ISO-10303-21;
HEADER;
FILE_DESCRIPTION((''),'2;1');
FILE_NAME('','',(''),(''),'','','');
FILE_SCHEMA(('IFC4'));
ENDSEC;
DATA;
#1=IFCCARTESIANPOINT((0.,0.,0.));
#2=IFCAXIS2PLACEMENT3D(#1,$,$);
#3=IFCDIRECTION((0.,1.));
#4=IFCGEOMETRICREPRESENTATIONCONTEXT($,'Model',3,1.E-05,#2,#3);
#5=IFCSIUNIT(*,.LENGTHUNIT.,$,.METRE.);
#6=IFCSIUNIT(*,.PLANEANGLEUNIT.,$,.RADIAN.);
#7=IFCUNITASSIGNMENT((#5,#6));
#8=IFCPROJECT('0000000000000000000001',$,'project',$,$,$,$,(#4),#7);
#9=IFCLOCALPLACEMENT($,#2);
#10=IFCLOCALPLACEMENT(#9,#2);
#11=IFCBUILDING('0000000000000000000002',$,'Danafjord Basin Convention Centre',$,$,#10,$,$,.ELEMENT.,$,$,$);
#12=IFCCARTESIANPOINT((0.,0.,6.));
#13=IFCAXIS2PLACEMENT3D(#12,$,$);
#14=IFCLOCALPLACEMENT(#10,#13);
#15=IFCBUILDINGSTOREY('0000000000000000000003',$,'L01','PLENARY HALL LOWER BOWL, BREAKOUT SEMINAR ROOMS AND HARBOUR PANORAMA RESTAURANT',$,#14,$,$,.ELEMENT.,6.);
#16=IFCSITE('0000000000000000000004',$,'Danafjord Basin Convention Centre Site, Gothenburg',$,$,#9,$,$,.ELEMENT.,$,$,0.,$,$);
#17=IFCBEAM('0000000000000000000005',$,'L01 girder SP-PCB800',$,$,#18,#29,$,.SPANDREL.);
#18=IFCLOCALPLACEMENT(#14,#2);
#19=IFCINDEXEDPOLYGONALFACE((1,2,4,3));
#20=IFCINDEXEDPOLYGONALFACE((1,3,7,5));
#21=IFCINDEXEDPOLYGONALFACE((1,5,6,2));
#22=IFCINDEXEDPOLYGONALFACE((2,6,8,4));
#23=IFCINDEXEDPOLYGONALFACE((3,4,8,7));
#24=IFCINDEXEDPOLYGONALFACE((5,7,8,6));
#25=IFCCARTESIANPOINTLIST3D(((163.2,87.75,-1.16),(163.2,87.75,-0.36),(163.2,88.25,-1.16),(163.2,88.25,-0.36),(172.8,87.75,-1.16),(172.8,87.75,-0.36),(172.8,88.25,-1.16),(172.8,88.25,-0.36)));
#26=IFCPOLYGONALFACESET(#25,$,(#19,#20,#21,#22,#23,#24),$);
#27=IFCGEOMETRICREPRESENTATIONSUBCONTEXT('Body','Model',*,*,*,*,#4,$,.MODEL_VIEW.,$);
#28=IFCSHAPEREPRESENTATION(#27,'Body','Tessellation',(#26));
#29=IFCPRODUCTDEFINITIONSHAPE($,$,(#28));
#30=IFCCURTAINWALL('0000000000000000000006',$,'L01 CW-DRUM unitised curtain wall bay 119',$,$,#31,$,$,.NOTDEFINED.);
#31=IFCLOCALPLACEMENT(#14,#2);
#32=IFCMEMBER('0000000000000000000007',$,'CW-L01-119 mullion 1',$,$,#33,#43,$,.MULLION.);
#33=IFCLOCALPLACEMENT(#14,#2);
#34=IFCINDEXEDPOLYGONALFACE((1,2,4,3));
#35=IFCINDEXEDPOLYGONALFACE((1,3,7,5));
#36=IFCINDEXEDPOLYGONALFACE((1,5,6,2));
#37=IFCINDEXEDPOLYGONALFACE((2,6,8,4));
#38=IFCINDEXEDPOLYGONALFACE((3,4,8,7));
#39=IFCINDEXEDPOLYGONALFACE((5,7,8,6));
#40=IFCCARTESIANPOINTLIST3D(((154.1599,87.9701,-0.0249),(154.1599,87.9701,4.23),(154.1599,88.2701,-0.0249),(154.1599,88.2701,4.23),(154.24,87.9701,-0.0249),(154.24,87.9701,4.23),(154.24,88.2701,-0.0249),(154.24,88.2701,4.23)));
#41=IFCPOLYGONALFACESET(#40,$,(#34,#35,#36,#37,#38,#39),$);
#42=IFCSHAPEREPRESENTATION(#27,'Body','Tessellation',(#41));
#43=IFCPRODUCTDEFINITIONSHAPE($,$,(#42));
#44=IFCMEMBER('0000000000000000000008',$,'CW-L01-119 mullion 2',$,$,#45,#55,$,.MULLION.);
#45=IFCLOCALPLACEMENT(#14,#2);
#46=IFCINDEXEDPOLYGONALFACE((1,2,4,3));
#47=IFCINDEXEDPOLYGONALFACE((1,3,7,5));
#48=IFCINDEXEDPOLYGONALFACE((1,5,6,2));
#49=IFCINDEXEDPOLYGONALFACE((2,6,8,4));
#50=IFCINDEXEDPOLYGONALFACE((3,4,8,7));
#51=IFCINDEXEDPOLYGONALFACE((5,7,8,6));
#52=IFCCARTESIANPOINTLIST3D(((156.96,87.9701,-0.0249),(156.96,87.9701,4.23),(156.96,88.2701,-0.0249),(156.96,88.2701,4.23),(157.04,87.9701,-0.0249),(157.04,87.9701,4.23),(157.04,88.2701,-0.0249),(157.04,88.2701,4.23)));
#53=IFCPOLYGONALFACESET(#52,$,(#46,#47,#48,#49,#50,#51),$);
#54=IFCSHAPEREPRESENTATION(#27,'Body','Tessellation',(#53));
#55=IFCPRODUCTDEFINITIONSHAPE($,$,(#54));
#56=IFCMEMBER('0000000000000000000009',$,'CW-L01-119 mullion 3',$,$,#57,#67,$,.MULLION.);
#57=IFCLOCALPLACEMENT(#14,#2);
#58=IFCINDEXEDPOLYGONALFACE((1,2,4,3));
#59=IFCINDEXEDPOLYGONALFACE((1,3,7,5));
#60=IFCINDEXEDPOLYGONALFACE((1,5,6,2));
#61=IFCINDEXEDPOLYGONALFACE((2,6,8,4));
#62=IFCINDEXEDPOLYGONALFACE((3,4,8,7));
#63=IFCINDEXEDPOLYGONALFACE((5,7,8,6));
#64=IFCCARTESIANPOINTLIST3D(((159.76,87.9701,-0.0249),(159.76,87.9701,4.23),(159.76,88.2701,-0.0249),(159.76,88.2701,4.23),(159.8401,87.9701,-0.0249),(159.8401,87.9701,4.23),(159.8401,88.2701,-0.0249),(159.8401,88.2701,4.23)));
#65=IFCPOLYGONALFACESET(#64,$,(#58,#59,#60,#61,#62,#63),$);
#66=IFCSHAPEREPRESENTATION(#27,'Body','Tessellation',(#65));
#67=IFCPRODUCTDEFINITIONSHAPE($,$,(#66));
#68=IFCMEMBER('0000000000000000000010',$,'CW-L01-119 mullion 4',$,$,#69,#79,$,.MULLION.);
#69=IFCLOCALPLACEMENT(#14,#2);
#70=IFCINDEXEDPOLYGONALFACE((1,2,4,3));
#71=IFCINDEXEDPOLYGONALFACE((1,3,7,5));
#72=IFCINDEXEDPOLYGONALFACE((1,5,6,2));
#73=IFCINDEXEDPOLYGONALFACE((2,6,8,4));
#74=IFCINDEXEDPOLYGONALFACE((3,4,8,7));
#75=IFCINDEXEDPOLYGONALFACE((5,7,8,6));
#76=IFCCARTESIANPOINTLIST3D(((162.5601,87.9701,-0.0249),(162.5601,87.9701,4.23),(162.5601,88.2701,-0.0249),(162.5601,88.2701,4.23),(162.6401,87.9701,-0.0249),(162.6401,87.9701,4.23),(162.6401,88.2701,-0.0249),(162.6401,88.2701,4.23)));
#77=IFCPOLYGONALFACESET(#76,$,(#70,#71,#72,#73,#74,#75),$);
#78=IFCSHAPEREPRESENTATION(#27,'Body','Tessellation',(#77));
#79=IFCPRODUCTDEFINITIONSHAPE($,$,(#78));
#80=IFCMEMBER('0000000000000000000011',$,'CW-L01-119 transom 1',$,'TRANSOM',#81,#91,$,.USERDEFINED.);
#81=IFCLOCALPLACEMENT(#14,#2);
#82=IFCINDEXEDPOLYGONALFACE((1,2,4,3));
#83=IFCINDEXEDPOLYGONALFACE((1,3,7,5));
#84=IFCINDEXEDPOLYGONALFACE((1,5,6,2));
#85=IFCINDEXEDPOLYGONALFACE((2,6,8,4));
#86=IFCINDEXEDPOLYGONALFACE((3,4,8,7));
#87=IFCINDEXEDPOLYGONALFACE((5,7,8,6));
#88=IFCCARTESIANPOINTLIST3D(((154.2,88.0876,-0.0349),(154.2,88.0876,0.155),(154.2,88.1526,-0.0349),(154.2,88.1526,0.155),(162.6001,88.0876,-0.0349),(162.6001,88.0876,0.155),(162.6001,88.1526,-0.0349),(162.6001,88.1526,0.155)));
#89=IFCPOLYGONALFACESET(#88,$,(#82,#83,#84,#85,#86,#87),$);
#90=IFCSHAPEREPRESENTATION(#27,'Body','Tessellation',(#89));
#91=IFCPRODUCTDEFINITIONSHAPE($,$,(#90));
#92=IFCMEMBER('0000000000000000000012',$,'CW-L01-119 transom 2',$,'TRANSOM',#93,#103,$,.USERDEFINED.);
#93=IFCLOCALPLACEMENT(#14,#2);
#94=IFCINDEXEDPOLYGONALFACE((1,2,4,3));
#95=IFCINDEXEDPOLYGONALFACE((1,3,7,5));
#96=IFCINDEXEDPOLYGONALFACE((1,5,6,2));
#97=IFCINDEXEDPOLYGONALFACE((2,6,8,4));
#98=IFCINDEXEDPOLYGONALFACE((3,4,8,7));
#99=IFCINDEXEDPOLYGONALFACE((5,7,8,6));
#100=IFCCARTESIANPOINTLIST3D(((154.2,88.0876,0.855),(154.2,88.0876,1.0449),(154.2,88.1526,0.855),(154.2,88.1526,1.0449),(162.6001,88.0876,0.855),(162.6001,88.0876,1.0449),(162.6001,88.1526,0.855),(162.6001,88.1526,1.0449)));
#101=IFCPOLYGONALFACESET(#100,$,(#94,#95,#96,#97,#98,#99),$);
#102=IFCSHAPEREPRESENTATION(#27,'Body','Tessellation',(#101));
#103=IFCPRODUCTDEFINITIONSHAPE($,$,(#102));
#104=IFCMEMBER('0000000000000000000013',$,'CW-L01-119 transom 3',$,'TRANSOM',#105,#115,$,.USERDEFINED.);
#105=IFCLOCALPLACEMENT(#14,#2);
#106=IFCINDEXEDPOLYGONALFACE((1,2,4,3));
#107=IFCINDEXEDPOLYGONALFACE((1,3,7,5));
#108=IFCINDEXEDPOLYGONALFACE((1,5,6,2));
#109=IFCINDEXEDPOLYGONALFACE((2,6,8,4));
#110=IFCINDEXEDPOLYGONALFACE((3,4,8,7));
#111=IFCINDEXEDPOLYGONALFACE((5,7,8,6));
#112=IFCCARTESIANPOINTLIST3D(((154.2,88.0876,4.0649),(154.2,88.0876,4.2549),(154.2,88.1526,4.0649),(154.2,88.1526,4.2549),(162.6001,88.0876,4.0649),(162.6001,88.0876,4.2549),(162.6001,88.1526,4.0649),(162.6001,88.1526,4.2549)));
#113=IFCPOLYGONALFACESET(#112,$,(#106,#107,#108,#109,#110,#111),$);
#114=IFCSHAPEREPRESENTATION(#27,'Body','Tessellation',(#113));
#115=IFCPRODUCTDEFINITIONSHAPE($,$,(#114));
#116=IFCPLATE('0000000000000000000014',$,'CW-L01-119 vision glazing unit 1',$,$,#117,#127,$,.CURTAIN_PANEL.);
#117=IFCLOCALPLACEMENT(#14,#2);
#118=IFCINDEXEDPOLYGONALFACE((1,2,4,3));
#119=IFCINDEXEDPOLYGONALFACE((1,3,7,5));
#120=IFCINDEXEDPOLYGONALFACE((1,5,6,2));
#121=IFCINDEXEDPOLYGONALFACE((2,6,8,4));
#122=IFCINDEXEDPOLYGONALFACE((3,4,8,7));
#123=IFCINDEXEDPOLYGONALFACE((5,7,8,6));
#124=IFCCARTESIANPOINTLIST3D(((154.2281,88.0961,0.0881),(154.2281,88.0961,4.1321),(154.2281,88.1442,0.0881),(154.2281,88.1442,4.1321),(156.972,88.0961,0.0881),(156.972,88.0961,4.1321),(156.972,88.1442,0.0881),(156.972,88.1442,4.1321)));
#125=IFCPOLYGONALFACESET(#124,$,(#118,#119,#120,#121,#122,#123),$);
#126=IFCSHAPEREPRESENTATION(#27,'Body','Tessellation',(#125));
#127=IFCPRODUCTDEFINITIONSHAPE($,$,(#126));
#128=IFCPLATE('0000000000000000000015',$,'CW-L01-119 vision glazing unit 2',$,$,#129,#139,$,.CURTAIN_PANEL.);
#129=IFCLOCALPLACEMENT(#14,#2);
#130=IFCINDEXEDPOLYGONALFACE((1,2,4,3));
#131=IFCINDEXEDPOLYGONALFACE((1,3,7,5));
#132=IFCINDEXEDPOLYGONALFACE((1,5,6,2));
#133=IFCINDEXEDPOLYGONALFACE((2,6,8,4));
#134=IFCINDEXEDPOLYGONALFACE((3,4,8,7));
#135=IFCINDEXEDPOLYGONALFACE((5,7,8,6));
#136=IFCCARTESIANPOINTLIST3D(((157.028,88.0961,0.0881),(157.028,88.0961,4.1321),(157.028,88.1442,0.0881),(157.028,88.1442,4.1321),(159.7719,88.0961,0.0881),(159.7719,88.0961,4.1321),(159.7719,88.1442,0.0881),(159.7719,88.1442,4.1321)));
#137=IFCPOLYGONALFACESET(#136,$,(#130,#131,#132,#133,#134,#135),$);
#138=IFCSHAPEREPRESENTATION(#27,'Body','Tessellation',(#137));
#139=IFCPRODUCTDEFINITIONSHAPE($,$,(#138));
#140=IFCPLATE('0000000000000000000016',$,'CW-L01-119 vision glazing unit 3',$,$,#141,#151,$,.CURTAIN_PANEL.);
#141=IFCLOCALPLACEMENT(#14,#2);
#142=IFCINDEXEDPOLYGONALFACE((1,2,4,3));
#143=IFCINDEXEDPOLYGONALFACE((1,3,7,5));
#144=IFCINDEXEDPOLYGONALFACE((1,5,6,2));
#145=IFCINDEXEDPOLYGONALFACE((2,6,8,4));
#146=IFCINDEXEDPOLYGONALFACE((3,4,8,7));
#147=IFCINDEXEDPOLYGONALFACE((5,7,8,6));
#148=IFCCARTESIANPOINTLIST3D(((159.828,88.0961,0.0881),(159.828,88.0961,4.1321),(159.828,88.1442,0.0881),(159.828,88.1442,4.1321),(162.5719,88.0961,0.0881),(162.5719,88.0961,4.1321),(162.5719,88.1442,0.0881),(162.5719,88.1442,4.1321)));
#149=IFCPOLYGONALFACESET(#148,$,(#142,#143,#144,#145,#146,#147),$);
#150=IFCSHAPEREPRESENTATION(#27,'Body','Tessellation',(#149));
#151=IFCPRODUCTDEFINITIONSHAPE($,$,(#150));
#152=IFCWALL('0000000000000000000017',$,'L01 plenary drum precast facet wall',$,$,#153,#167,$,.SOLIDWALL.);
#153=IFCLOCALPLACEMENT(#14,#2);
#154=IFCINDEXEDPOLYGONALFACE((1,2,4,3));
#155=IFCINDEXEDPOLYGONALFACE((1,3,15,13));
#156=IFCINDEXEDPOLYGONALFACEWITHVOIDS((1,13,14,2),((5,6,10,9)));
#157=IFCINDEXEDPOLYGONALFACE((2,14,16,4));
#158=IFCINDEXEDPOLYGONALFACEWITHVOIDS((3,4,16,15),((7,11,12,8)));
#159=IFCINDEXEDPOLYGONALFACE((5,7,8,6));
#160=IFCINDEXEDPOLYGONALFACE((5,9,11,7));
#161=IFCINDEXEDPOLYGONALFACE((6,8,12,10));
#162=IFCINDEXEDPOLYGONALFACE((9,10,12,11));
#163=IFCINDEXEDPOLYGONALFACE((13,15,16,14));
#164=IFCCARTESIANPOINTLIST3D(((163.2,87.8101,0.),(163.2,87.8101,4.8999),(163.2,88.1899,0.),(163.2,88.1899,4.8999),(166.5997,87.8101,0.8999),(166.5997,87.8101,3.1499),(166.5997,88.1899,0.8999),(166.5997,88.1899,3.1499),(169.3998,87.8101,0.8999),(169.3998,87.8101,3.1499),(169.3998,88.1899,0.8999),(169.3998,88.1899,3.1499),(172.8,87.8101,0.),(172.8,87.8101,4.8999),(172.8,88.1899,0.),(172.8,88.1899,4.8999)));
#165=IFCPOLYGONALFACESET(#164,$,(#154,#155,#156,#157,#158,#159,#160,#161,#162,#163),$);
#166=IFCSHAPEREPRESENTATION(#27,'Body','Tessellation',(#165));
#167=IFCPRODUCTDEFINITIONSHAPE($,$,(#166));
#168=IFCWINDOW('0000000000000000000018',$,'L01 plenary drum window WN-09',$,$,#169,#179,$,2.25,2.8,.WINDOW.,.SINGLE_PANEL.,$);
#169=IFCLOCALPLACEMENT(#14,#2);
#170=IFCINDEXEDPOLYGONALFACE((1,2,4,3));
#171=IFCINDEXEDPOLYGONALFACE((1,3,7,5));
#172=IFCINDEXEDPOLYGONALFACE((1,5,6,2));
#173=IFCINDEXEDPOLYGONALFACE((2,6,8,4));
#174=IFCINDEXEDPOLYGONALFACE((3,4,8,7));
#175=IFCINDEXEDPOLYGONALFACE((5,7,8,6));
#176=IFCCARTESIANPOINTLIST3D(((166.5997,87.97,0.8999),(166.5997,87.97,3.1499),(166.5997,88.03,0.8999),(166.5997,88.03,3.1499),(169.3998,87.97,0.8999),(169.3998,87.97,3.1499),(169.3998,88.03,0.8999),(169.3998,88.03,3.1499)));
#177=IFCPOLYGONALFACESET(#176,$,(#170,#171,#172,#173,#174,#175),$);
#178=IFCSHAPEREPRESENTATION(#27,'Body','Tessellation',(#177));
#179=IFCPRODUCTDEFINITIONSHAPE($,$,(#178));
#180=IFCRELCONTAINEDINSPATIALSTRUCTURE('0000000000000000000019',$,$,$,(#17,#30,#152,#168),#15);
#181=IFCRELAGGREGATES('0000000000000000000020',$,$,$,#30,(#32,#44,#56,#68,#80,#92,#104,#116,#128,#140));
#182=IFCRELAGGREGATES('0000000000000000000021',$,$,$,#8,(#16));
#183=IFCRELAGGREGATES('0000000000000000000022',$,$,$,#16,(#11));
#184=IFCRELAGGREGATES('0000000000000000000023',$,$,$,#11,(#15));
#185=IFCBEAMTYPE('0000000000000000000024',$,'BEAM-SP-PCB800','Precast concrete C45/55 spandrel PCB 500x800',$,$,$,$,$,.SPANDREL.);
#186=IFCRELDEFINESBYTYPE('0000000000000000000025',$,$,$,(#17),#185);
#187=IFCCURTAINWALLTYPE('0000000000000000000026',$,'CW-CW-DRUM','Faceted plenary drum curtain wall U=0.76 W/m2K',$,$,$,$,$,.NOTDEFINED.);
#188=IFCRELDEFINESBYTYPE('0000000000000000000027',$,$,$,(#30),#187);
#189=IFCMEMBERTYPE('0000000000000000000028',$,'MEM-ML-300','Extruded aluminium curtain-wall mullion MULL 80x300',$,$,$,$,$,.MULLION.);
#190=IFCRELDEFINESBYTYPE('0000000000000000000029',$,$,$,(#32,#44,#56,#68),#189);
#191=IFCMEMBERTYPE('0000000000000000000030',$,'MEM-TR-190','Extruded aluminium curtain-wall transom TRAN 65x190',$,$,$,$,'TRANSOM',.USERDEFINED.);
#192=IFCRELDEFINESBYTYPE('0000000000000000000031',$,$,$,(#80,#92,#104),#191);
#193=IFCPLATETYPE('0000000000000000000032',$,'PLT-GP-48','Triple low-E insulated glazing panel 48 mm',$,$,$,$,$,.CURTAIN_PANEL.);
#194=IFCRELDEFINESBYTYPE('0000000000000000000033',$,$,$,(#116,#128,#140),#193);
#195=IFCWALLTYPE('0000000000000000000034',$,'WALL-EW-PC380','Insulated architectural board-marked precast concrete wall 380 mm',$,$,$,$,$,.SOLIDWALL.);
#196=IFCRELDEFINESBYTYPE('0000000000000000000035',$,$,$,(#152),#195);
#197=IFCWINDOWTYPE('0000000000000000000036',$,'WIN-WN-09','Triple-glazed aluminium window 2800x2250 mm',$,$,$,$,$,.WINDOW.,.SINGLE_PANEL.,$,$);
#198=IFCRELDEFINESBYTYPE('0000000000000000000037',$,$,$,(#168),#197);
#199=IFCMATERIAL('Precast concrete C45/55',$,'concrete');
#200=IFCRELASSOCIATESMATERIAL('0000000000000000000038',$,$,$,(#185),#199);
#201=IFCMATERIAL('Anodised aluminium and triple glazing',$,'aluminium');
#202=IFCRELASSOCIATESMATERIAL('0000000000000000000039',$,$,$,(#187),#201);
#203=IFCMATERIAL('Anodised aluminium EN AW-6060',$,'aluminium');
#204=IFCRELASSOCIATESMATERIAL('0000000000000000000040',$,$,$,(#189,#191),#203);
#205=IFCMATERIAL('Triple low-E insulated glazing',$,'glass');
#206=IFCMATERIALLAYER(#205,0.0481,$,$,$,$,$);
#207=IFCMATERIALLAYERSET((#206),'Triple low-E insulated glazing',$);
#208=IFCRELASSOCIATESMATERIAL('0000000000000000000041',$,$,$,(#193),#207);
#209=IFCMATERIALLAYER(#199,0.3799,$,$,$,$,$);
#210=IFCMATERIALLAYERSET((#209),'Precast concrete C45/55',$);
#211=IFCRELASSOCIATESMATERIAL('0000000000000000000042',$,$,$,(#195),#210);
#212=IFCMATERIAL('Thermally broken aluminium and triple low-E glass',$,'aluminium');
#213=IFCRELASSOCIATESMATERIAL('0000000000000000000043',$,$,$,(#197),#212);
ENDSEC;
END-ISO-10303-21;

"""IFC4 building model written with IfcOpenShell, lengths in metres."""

from ifc_helpers import new_model, si_unit, direction, frame, frame_2d, origin, origin_2d, place, context, subcontext, project, spatial, rectangle, extrude, material, layer, layer_set, material_profile, profile_set, type_object, element, fill, aggregate, save


model = new_model("IFC4")

# Units and contexts
model_context = context("Model", 3, precision=1e-05, world=origin(), true_north=direction((0.0, 1.0)))
body_context = subcontext(model_context, "Body", "Model", "MODEL_VIEW")
ifc_project = project(units=[si_unit("LENGTHUNIT", "METRE"), si_unit("PLANEANGLEUNIT", "RADIAN")], contexts=[model_context])

# Site, building, storey
site_placement = place(None, origin())
site = spatial("IfcSite", under=ifc_project, at=site_placement, Name="Danafjord Basin Convention Centre Site, Gothenburg", CompositionType="ELEMENT", RefElevation=0.0)
building_placement = place(site_placement, origin())
building = spatial("IfcBuilding", under=site, at=building_placement, Name="Danafjord Basin Convention Centre", CompositionType="ELEMENT")
storey_placement = place(building_placement, frame((0.0, 0.0, 6.0)))
storey = spatial("IfcBuildingStorey", under=building, at=storey_placement, Name="L01", Description="PLENARY HALL LOWER BOWL, BREAKOUT SEMINAR ROOMS AND HARBOUR PANORAMA RESTAURANT", CompositionType="ELEMENT", Elevation=6.0)

# Beam
ifc_material_1 = material(Name="Precast concrete C45/55", Category="concrete")
ifc_material_profile_1 = material_profile(ifc_material_1, rectangle(XDim=0.5, YDim=0.8, at=origin_2d()), Name="PCB 500x800")
ifc_profile_set_1 = profile_set([ifc_material_profile_1], Name="Precast concrete C45/55")
beam_type_1 = type_object("IfcBeamType", Name="BEAM-SP-PCB800", Description="Precast concrete C45/55 spandrel PCB 500x800", PredefinedType="SPANDREL", material=ifc_profile_set_1)
beam_1_placement = place(storey_placement, frame((163.2, 88.0, -0.76), z_axis=(1.0, 0.0, 0.0), x_axis=(0.0, 1.0, 0.0)))
element("IfcBeam", 1, at=beam_1_placement, inside=storey, type_object=beam_type_1, Name="L01 girder SP-PCB800", PredefinedType="SPANDREL", context=body_context, shape_type="SweptSolid", body=[
    extrude(rectangle(XDim=0.5, YDim=0.8, at=origin_2d()), origin(), (0.0, 0.0, 1.0), 9.6001),
])

# Curtain wall, members, plates
ifc_material_2 = material(Name="Anodised aluminium and triple glazing", Category="aluminium")
curtain_wall_type = type_object("IfcCurtainWallType", Name="CW-CW-DRUM", Description="Faceted plenary drum curtain wall U=0.76 W/m2K", PredefinedType="NOTDEFINED", material=ifc_material_2)
curtain_wall_placement = place(storey_placement, origin())
curtain_wall = element("IfcCurtainWall", 2, at=curtain_wall_placement, inside=storey, type_object=curtain_wall_type, Name="L01 CW-DRUM unitised curtain wall bay 119", PredefinedType="NOTDEFINED")
ifc_material_3 = material(Name="Anodised aluminium EN AW-6060", Category="aluminium")
ifc_material_profile_2 = material_profile(ifc_material_3, rectangle(XDim=0.0801, YDim=0.3, at=origin_2d()), Name="MULL 80x300")
ifc_profile_set_2 = profile_set([ifc_material_profile_2], Name="Anodised aluminium EN AW-6060")
member_type_1 = type_object("IfcMemberType", Name="MEM-ML-300", Description="Extruded aluminium curtain-wall mullion MULL 80x300", PredefinedType="MULLION", material=ifc_profile_set_2)
member_1_placement = place(storey_placement, frame((154.2, 88.1201, -0.0249), z_axis=(0.0, 0.0, 1.0), x_axis=(1.0, 0.0, 0.0)))
member_1 = element("IfcMember", 3, at=member_1_placement, type_object=member_type_1, Name="CW-L01-119 mullion 1", PredefinedType="MULLION", context=body_context, shape_type="SweptSolid", body=[
    extrude(rectangle(XDim=0.0801, YDim=0.3, at=origin_2d()), origin(), (0.0, 0.0, 1.0), 4.2549),
])
member_2_placement = place(storey_placement, frame((157.0, 88.1201, -0.0249), z_axis=(0.0, 0.0, 1.0), x_axis=(1.0, 0.0, 0.0)))
member_2 = element("IfcMember", 4, at=member_2_placement, type_object=member_type_1, Name="CW-L01-119 mullion 2", PredefinedType="MULLION", context=body_context, shape_type="SweptSolid", body=[
    extrude(rectangle(XDim=0.0801, YDim=0.3, at=origin_2d()), origin(), (0.0, 0.0, 1.0), 4.2549),
])
member_3_placement = place(storey_placement, frame((159.8, 88.1201, -0.0249), z_axis=(0.0, 0.0, 1.0), x_axis=(1.0, 0.0, 0.0)))
member_3 = element("IfcMember", 5, at=member_3_placement, type_object=member_type_1, Name="CW-L01-119 mullion 3", PredefinedType="MULLION", context=body_context, shape_type="SweptSolid", body=[
    extrude(rectangle(XDim=0.0801, YDim=0.3, at=origin_2d()), origin(), (0.0, 0.0, 1.0), 4.2549),
])
member_4_placement = place(storey_placement, frame((162.6001, 88.1201, -0.0249), z_axis=(0.0, 0.0, 1.0), x_axis=(1.0, 0.0, 0.0)))
member_4 = element("IfcMember", 6, at=member_4_placement, type_object=member_type_1, Name="CW-L01-119 mullion 4", PredefinedType="MULLION", context=body_context, shape_type="SweptSolid", body=[
    extrude(rectangle(XDim=0.0801, YDim=0.3, at=origin_2d()), origin(), (0.0, 0.0, 1.0), 4.2549),
])
ifc_material_profile_3 = material_profile(ifc_material_3, rectangle(XDim=0.0649, YDim=0.1899, at=origin_2d()), Name="TRAN 65x190")
ifc_profile_set_3 = profile_set([ifc_material_profile_3], Name="Anodised aluminium EN AW-6060")
member_type_2 = type_object("IfcMemberType", Name="MEM-TR-190", Description="Extruded aluminium curtain-wall transom TRAN 65x190", ElementType="TRANSOM", PredefinedType="USERDEFINED", material=ifc_profile_set_3)
member_5_placement = place(storey_placement, frame((154.2, 88.1201, 0.0601), z_axis=(1.0, 0.0, 0.0), x_axis=(0.0, 1.0, 0.0)))
member_5 = element("IfcMember", 7, at=member_5_placement, type_object=member_type_2, Name="CW-L01-119 transom 1", ObjectType="TRANSOM", PredefinedType="USERDEFINED", context=body_context, shape_type="SweptSolid", body=[
    extrude(rectangle(XDim=0.0649, YDim=0.1899, at=origin_2d()), origin(), (0.0, 0.0, 1.0), 8.4001),
])
member_6_placement = place(storey_placement, frame((154.2, 88.1201, 0.95), z_axis=(1.0, 0.0, 0.0), x_axis=(0.0, 1.0, 0.0)))
member_6 = element("IfcMember", 8, at=member_6_placement, type_object=member_type_2, Name="CW-L01-119 transom 2", ObjectType="TRANSOM", PredefinedType="USERDEFINED", context=body_context, shape_type="SweptSolid", body=[
    extrude(rectangle(XDim=0.0649, YDim=0.1899, at=origin_2d()), origin(), (0.0, 0.0, 1.0), 8.4001),
])
member_7_placement = place(storey_placement, frame((154.2, 88.1201, 4.1599), z_axis=(1.0, 0.0, 0.0), x_axis=(0.0, 1.0, 0.0)))
member_7 = element("IfcMember", 9, at=member_7_placement, type_object=member_type_2, Name="CW-L01-119 transom 3", ObjectType="TRANSOM", PredefinedType="USERDEFINED", context=body_context, shape_type="SweptSolid", body=[
    extrude(rectangle(XDim=0.0649, YDim=0.1899, at=origin_2d()), origin(), (0.0, 0.0, 1.0), 8.4001),
])
ifc_material_4 = material(Name="Triple low-E insulated glazing", Category="glass")
ifc_layer_1 = layer(ifc_material_4, 0.0481)
ifc_layer_set_1 = layer_set([ifc_layer_1], Name="Triple low-E insulated glazing")
plate_type = type_object("IfcPlateType", Name="PLT-GP-48", Description="Triple low-E insulated glazing panel 48 mm", PredefinedType="CURTAIN_PANEL", material=ifc_layer_set_1)
plate_1_placement = place(storey_placement, frame((155.6001, 88.1201, 0.0881), z_axis=(0.0, 0.0, 1.0), x_axis=(1.0, 0.0, 0.0)))
plate_1 = element("IfcPlate", 10, at=plate_1_placement, type_object=plate_type, Name="CW-L01-119 vision glazing unit 1", PredefinedType="CURTAIN_PANEL", context=body_context, shape_type="SweptSolid", body=[
    extrude(rectangle(XDim=2.7439, YDim=0.0481, at=origin_2d()), origin(), (0.0, 0.0, 1.0), 4.0439),
])
plate_2_placement = place(storey_placement, frame((158.3999, 88.1201, 0.0881), z_axis=(0.0, 0.0, 1.0), x_axis=(1.0, 0.0, 0.0)))
plate_2 = element("IfcPlate", 11, at=plate_2_placement, type_object=plate_type, Name="CW-L01-119 vision glazing unit 2", PredefinedType="CURTAIN_PANEL", context=body_context, shape_type="SweptSolid", body=[
    extrude(rectangle(XDim=2.7439, YDim=0.0481, at=origin_2d()), origin(), (0.0, 0.0, 1.0), 4.0439),
])
plate_3_placement = place(storey_placement, frame((161.2, 88.1201, 0.0881), z_axis=(0.0, 0.0, 1.0), x_axis=(1.0, 0.0, 0.0)))
plate_3 = element("IfcPlate", 12, at=plate_3_placement, type_object=plate_type, Name="CW-L01-119 vision glazing unit 3", PredefinedType="CURTAIN_PANEL", context=body_context, shape_type="SweptSolid", body=[
    extrude(rectangle(XDim=2.7439, YDim=0.0481, at=origin_2d()), origin(), (0.0, 0.0, 1.0), 4.0439),
])
aggregate(curtain_wall, [member_1, member_2, member_3, member_4, member_5, member_6, member_7, plate_1, plate_2, plate_3])

# Wall, opening, window
ifc_layer_2 = layer(ifc_material_1, 0.3799)
ifc_layer_set_2 = layer_set([ifc_layer_2], Name="Precast concrete C45/55")
wall_type = type_object("IfcWallType", Name="WALL-EW-PC380", Description="Insulated architectural board-marked precast concrete wall 380 mm", PredefinedType="SOLIDWALL", material=ifc_layer_set_2)
wall_placement = place(storey_placement, frame((163.2, 88.0, 0.0), z_axis=(0.0, 0.0, 1.0), x_axis=(1.0, 0.0, 0.0)))
wall = element("IfcWall", 13, at=wall_placement, inside=storey, type_object=wall_type, Name="L01 plenary drum precast facet wall", PredefinedType="SOLIDWALL", context=body_context, shape_type="SweptSolid", body=[
    extrude(rectangle(XDim=9.6001, YDim=0.3799, at=frame_2d((4.8, 0.0))), origin(), (0.0, 0.0, 1.0), 4.8999),
])
opening_placement = place(wall_placement, frame((3.3999, 0.0, 0.8999)))
opening = element("IfcOpeningElement", 14, at=opening_placement, cuts=wall, PredefinedType="OPENING", context=body_context, shape_type="SweptSolid", body=[
    extrude(rectangle(XDim=2.8, YDim=2.25, at=frame_2d((1.3999, 1.125))), frame((0.0, 0.2, 0.0), z_axis=(0.0, -1.0, 0.0), x_axis=(1.0, 0.0, 0.0)), (0.0, 0.0, 1.0), 0.3999),
])
ifc_material_5 = material(Name="Thermally broken aluminium and triple low-E glass", Category="aluminium")
window_type = type_object("IfcWindowType", Name="WIN-WN-09", Description="Triple-glazed aluminium window 2800x2250 mm", PartitioningType="SINGLE_PANEL", PredefinedType="WINDOW", material=ifc_material_5)
window_placement = place(opening_placement, origin())
window = element("IfcWindow", 15, at=window_placement, inside=storey, type_object=window_type, Name="L01 plenary drum window WN-09", OverallHeight=2.25, OverallWidth=2.8, PartitioningType="SINGLE_PANEL", PredefinedType="WINDOW", context=body_context, shape_type="SweptSolid", body=[
    extrude(rectangle(XDim=2.8, YDim=2.25, at=frame_2d((1.3999, 1.125))), frame((0.0, 0.03, 0.0), z_axis=(0.0, -1.0, 0.0), x_axis=(1.0, 0.0, 0.0)), (0.0, 0.0, 1.0), 0.0601),
])
fill(opening, window)

save(model, "model.ifc")
